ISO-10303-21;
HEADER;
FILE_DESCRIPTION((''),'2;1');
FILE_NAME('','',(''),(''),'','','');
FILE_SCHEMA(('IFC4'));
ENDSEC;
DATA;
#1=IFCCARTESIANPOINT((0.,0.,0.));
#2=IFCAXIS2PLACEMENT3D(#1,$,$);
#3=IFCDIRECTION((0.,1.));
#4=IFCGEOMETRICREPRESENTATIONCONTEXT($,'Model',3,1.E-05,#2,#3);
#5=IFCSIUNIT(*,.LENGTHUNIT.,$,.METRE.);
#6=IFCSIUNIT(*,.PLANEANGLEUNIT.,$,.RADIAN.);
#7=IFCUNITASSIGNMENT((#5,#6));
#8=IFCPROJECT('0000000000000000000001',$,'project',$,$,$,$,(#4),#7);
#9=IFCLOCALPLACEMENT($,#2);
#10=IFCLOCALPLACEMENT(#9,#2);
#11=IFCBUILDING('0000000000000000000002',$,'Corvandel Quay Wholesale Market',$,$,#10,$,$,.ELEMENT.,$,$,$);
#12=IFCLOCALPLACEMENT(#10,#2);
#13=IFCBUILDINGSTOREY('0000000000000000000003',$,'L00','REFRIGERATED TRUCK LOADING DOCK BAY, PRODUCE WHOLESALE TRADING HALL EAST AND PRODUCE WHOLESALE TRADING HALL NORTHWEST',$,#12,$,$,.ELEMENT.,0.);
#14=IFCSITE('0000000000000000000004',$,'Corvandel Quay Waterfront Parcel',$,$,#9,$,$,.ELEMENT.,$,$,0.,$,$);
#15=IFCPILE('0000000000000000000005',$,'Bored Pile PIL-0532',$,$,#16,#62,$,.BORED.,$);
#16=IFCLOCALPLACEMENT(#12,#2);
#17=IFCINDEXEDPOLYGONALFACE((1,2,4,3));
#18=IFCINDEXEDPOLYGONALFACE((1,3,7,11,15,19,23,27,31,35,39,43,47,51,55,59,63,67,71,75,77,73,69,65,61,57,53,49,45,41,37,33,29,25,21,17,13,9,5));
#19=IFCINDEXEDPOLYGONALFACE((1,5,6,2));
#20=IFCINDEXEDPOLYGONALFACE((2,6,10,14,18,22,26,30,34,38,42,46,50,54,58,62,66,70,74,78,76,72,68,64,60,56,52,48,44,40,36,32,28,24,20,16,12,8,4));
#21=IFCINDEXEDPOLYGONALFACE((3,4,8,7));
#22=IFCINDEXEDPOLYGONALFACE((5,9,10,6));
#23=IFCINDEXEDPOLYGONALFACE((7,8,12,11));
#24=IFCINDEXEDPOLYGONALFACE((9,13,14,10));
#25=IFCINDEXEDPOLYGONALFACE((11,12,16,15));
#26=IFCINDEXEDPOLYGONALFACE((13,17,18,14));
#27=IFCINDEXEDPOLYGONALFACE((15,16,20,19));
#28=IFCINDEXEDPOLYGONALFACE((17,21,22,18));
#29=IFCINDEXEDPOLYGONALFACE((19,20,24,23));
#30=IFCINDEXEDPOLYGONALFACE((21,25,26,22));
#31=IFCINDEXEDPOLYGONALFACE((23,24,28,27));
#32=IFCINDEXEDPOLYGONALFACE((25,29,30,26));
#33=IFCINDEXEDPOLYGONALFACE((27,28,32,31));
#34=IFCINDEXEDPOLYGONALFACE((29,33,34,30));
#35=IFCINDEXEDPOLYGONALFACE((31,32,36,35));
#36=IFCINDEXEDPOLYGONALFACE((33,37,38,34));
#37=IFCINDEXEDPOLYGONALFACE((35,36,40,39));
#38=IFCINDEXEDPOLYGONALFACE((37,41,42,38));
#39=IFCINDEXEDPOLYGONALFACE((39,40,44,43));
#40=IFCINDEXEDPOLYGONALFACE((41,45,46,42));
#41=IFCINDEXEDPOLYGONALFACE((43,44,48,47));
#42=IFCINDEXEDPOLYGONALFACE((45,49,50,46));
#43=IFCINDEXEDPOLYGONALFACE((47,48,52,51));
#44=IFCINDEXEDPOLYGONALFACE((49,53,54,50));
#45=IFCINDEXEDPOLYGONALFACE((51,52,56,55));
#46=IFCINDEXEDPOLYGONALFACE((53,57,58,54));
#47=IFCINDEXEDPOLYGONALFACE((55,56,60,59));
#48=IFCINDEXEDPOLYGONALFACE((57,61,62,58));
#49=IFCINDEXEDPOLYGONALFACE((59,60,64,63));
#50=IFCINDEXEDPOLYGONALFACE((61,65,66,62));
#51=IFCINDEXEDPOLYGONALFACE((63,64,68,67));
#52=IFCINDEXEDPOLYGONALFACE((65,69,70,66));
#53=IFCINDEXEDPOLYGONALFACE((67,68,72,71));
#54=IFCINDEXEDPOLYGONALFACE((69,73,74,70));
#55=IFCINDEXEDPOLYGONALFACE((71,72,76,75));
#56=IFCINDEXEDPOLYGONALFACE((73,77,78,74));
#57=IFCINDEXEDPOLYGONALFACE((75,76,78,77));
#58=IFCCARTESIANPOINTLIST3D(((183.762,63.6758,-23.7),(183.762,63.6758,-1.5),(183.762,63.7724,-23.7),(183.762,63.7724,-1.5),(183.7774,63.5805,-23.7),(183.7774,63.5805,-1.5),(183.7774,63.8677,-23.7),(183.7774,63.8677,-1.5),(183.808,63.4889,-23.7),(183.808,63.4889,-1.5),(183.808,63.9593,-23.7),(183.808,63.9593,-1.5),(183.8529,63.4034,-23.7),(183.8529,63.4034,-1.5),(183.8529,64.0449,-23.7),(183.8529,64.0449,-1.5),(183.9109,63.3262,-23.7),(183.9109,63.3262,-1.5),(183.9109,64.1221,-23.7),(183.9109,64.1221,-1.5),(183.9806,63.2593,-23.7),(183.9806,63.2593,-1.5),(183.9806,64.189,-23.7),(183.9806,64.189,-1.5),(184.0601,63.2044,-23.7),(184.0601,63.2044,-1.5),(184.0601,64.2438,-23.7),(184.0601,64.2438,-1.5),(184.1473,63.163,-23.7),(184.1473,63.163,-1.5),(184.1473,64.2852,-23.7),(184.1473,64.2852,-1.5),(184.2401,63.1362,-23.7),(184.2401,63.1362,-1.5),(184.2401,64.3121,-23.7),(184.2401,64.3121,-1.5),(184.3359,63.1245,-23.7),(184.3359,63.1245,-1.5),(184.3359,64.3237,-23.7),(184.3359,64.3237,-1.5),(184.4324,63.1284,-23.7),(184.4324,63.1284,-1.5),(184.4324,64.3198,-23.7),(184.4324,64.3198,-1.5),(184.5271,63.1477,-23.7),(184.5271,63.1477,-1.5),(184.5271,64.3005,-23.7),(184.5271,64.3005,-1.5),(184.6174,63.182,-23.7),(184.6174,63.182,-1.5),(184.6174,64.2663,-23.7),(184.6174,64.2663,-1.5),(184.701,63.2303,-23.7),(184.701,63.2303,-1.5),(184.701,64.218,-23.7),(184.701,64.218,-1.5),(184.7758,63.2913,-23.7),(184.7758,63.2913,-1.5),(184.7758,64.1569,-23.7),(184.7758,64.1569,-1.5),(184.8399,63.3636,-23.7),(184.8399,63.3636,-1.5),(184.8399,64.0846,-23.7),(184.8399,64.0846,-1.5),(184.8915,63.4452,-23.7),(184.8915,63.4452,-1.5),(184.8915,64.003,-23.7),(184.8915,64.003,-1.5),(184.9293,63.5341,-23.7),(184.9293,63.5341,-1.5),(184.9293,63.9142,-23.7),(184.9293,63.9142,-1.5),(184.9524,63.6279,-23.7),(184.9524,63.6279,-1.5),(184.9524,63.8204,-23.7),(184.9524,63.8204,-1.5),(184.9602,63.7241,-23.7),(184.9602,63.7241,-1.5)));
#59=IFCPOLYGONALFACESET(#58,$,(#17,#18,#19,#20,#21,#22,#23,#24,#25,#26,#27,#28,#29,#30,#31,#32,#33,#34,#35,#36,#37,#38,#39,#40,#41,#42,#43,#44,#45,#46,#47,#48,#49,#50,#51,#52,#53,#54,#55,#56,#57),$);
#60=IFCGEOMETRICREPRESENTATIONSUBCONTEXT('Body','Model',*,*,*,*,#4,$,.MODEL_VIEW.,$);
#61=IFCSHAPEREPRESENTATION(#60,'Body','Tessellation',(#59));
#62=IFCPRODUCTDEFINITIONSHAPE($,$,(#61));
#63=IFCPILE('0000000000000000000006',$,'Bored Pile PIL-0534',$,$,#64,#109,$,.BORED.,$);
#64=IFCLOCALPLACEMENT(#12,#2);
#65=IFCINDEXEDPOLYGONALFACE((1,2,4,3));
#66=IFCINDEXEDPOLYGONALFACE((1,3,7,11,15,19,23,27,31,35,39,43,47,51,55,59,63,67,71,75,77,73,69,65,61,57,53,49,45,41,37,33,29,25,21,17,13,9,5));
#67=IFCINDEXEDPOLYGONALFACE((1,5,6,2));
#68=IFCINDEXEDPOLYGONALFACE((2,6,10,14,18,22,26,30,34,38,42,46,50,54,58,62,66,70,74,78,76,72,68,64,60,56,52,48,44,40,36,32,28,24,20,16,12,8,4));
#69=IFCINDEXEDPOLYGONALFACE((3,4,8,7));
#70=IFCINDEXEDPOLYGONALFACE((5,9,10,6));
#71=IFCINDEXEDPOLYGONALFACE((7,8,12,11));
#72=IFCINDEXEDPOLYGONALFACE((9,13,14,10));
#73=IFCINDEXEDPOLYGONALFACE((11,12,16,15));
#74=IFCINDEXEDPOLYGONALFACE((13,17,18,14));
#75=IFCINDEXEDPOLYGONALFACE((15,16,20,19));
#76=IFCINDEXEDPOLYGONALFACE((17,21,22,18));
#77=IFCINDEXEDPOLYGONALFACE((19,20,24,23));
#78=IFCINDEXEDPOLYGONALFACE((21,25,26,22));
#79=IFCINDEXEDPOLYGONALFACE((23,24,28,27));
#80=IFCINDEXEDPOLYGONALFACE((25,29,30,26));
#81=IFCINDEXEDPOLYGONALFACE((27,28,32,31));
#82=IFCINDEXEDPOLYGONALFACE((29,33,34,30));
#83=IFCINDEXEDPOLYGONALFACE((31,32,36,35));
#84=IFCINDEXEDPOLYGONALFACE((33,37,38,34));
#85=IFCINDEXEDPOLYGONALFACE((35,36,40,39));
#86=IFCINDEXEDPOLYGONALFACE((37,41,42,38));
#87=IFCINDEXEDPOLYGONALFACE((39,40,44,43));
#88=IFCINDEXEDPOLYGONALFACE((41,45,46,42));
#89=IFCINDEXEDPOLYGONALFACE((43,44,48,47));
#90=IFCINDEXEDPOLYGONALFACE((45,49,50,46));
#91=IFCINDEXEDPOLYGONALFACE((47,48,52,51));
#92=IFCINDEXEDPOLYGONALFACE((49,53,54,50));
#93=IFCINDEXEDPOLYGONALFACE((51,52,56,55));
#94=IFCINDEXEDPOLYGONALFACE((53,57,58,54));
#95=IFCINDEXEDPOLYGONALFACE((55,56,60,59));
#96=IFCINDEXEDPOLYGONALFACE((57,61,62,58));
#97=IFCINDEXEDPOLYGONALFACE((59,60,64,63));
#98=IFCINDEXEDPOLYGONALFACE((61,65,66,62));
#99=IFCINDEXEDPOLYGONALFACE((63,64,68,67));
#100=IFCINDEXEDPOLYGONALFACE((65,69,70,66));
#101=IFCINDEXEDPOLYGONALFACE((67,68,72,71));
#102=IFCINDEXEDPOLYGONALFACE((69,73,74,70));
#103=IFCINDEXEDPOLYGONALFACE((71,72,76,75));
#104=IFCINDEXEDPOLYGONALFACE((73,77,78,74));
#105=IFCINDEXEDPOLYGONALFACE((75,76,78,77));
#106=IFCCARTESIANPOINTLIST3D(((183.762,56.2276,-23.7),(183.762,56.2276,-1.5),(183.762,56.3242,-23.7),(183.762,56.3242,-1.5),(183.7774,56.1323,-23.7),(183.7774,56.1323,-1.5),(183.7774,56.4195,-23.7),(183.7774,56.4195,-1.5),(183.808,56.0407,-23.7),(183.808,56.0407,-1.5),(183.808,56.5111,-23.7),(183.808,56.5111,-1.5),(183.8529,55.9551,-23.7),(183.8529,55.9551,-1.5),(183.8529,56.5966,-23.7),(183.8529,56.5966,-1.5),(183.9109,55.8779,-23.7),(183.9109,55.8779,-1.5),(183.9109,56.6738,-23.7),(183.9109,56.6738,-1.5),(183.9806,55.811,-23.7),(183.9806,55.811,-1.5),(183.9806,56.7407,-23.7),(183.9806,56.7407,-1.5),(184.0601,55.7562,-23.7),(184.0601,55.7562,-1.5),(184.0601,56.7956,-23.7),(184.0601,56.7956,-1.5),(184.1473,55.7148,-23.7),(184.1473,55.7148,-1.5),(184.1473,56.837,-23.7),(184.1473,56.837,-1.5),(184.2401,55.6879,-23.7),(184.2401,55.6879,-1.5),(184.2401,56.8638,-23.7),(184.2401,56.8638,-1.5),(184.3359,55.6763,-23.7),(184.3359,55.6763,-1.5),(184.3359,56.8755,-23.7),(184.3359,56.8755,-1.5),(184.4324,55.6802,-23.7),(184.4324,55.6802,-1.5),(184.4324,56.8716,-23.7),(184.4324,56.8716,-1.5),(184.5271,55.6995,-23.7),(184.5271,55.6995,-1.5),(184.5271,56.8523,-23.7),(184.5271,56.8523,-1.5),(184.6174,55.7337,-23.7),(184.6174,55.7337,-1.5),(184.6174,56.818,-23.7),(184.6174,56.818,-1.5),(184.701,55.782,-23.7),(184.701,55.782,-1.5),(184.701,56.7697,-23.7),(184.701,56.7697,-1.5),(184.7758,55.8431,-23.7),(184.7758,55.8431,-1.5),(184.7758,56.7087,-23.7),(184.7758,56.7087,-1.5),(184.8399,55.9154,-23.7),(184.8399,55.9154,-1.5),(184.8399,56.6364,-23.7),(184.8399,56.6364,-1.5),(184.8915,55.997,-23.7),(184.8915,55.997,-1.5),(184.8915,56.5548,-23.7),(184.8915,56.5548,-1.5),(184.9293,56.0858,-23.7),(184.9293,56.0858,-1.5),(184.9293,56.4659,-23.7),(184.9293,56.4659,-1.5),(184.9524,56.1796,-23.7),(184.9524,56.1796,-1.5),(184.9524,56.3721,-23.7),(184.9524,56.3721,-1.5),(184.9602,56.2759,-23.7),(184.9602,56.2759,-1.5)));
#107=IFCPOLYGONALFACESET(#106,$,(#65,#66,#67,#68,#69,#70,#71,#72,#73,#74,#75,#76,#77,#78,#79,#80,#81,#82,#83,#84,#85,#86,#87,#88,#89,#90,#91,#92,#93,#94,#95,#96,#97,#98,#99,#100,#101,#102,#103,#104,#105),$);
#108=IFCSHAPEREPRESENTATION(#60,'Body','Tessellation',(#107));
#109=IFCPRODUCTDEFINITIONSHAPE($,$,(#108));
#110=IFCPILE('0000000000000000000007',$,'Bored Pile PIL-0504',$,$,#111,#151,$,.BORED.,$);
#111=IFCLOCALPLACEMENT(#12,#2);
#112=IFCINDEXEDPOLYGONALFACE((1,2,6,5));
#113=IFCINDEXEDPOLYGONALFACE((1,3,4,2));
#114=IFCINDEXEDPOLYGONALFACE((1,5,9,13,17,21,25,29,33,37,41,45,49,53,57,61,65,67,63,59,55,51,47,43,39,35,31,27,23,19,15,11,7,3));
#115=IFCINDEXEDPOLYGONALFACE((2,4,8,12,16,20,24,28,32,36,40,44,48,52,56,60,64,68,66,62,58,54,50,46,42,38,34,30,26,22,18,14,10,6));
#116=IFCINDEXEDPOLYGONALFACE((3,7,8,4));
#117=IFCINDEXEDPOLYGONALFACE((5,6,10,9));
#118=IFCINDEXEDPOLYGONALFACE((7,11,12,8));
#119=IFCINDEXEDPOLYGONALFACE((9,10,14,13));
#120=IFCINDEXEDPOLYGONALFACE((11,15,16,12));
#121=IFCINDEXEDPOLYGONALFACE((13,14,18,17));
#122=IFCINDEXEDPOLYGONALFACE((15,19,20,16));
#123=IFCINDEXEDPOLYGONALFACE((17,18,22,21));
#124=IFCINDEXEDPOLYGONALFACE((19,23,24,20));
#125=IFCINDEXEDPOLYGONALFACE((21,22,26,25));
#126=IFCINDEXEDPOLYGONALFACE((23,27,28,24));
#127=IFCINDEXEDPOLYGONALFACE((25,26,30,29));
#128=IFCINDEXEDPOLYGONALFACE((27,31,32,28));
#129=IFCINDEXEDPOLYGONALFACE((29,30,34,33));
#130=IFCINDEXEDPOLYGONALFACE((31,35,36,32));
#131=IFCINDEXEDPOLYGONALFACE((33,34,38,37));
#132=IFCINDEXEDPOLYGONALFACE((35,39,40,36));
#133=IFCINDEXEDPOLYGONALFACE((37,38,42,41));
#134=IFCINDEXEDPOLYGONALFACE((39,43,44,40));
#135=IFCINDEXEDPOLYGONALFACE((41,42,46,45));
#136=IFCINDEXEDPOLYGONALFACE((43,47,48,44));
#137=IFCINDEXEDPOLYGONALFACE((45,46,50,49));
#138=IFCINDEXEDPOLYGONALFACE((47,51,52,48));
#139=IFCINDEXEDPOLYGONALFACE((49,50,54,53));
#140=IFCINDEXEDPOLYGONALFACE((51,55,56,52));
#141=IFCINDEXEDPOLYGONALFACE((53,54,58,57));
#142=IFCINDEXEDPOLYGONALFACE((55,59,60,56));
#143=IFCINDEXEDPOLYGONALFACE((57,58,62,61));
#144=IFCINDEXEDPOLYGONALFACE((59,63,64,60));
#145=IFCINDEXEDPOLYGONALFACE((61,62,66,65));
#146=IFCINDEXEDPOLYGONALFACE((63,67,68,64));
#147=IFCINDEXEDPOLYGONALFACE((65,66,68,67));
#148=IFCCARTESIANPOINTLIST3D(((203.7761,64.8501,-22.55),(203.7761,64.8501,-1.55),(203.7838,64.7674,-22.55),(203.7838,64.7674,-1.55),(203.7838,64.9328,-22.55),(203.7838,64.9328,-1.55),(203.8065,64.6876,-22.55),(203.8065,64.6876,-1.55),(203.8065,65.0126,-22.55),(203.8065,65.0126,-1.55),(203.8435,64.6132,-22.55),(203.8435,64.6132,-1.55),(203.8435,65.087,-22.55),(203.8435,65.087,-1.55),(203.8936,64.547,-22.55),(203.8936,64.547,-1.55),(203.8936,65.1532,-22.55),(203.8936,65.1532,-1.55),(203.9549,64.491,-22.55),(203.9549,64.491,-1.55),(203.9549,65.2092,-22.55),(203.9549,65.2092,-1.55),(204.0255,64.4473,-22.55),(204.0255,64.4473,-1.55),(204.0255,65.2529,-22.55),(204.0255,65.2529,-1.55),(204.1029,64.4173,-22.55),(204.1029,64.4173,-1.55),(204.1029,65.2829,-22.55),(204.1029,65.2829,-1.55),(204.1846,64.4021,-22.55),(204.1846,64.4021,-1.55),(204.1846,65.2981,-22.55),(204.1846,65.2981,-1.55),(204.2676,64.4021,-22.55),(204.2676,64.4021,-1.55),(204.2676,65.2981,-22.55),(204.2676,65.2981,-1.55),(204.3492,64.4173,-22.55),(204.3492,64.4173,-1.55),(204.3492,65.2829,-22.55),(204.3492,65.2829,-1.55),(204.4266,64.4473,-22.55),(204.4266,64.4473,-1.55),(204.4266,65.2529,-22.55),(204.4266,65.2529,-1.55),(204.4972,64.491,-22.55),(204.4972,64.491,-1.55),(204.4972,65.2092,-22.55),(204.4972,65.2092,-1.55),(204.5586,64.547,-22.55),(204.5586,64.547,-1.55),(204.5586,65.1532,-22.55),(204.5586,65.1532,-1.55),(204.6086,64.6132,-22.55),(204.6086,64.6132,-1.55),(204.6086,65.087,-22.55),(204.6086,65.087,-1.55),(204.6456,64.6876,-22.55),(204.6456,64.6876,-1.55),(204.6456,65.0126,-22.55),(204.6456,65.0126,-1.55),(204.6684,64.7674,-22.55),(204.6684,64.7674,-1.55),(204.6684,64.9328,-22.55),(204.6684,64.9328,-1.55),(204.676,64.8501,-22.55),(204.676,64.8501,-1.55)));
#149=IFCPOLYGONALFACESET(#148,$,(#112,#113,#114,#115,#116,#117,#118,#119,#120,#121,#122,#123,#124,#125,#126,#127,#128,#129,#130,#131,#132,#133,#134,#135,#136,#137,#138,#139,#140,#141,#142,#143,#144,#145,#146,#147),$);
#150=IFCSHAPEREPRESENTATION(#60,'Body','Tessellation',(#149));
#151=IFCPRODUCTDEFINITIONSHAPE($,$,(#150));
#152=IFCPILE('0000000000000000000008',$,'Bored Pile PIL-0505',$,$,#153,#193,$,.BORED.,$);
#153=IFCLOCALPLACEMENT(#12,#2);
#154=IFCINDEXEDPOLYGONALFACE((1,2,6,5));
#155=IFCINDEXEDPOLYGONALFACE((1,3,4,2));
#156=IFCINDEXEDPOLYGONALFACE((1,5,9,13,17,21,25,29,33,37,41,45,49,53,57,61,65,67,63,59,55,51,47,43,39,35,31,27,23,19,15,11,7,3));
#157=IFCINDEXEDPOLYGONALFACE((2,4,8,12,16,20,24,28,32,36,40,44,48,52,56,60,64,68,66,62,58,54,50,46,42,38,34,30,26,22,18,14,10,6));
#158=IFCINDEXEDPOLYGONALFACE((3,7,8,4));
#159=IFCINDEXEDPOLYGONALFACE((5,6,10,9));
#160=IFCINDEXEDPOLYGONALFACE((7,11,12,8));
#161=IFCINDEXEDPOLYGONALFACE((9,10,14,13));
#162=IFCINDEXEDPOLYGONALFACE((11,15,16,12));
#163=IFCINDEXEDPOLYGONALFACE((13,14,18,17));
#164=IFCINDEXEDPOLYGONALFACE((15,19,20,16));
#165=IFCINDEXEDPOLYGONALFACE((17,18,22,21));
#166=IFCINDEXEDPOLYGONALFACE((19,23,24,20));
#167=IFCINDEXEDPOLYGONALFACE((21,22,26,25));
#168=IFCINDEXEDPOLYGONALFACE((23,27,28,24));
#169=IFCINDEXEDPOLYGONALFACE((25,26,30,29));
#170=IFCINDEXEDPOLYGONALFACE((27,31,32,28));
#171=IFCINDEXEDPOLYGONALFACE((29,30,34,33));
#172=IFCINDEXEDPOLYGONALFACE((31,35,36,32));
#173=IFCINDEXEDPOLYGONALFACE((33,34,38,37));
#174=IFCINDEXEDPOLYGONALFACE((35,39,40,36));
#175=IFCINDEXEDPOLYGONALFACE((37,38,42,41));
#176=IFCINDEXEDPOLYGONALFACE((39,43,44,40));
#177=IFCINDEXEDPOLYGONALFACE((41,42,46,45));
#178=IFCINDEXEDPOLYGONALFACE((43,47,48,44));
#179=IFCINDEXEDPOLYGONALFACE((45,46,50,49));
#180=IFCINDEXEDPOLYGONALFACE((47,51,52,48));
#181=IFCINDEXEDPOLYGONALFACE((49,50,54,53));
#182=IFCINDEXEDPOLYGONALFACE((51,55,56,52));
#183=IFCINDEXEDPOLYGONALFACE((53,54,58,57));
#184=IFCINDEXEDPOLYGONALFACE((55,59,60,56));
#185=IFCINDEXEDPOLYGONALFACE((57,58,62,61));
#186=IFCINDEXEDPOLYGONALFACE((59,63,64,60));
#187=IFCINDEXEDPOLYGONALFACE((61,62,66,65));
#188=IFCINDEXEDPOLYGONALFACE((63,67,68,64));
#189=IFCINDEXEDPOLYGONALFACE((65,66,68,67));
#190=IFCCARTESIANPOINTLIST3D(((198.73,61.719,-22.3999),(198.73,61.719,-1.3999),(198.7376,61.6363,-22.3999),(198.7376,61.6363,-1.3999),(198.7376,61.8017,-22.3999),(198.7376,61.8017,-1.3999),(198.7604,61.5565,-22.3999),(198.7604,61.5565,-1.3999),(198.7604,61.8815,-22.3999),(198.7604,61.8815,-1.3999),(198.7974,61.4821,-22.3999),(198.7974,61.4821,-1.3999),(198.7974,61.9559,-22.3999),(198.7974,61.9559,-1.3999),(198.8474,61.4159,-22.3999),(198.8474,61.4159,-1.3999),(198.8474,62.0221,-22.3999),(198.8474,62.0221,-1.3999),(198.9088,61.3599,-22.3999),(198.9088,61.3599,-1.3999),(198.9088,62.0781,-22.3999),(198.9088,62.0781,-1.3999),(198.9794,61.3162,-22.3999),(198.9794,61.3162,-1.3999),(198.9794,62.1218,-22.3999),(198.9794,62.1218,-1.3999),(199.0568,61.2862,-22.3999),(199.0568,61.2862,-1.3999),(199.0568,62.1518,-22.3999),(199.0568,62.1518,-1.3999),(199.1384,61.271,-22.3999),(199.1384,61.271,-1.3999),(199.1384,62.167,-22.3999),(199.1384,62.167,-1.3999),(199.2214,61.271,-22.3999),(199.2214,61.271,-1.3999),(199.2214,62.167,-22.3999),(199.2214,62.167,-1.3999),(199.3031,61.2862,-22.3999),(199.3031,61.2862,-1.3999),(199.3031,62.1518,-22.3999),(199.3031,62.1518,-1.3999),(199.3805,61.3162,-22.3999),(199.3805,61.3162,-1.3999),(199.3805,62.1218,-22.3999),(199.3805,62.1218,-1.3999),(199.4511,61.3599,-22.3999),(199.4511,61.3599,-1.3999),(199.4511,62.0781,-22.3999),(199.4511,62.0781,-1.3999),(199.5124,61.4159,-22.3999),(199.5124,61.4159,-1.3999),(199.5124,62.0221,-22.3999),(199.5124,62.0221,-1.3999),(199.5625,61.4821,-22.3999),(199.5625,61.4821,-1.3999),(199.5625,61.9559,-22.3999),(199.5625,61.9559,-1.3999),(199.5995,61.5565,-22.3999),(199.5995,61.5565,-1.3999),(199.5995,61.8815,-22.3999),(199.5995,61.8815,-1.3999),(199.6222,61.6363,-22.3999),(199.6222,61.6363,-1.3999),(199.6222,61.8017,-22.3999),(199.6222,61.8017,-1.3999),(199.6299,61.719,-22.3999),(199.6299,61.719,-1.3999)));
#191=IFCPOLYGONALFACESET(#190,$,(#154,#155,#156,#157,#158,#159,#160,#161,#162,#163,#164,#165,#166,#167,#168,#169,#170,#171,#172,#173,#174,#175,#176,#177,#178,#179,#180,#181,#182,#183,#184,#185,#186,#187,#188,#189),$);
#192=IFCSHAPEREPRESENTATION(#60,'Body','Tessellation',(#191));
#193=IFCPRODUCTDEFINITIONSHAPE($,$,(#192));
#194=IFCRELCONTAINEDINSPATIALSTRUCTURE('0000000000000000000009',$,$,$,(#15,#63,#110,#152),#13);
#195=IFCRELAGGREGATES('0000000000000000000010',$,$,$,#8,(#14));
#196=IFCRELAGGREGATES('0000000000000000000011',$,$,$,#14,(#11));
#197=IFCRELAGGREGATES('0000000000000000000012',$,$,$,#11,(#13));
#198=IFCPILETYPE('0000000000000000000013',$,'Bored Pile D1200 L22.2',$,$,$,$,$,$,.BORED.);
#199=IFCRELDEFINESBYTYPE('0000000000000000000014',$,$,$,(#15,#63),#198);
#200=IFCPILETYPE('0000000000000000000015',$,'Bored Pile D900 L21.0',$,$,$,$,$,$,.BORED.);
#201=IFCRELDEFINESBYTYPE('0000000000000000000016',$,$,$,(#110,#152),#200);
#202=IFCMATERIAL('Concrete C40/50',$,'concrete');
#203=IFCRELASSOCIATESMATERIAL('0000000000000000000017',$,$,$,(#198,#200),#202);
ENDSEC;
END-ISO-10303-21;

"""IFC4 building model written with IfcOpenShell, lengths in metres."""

from ifc_helpers import new_model, si_unit, direction, frame, origin, origin_2d, place, context, subcontext, project, spatial, circle, extrude, material, material_profile, profile_set, type_object, element, save


model = new_model("IFC4")

# Units and contexts
model_context = context("Model", 3, precision=1e-05, world=origin(), true_north=direction((0.0, 1.0)))
body_context = subcontext(model_context, "Body", "Model", "MODEL_VIEW")
ifc_project = project(units=[si_unit("LENGTHUNIT", "METRE"), si_unit("PLANEANGLEUNIT", "RADIAN")], contexts=[model_context])

# Site, building, storey
site_placement = place(None, origin())
site = spatial("IfcSite", under=ifc_project, at=site_placement, Name="Corvandel Quay Waterfront Parcel", CompositionType="ELEMENT", RefElevation=0.0)
building_placement = place(site_placement, origin())
building = spatial("IfcBuilding", under=site, at=building_placement, Name="Corvandel Quay Wholesale Market", CompositionType="ELEMENT")
storey_placement = place(building_placement, origin())
storey = spatial("IfcBuildingStorey", under=building, at=storey_placement, Name="L00", Description="REFRIGERATED TRUCK LOADING DOCK BAY, PRODUCE WHOLESALE TRADING HALL EAST AND PRODUCE WHOLESALE TRADING HALL NORTHWEST", CompositionType="ELEMENT", Elevation=0.0)

# Piles
ifc_material_1 = material(Name="Concrete C40/50", Category="concrete")
ifc_material_profile_1 = material_profile(ifc_material_1, circle(Radius=0.6001, at=origin_2d()), Name="RC-PILE-D1200")
ifc_profile_set_1 = profile_set([ifc_material_profile_1], Name="Concrete C40/50")
pile_type_1 = type_object("IfcPileType", Name="Bored Pile D1200 L22.2", PredefinedType="BORED", material=ifc_profile_set_1)
for number, where, z_axis, x_axis, name in (
    (1, (184.3601, 63.7241, -1.5), (0.0, 0.0, -1.0), (1.0, 0.0, 0.0), "Bored Pile PIL-0532"),
    (2, (184.3601, 56.2759, -1.5), (0.0, 0.0, -1.0), (1.0, 0.0, 0.0), "Bored Pile PIL-0534"),
):
    element("IfcPile", number, at=place(storey_placement, frame(where, z_axis=z_axis, x_axis=x_axis)), inside=storey, type_object=pile_type_1, Name=name, PredefinedType="BORED", context=body_context, shape_type="SweptSolid", body=[
        extrude(circle(Radius=0.6001, at=origin_2d()), origin(), (0.0, 0.0, 1.0), 22.2),
    ])
ifc_material_profile_2 = material_profile(ifc_material_1, circle(Radius=0.45, at=origin_2d()), Name="RC-PILE-D900")
ifc_profile_set_2 = profile_set([ifc_material_profile_2], Name="Concrete C40/50")
pile_type_2 = type_object("IfcPileType", Name="Bored Pile D900 L21.0", PredefinedType="BORED", material=ifc_profile_set_2)
for number, where, z_axis, x_axis, name in (
    (3, (204.2261, 64.8501, -1.55), (0.0, 0.0, -1.0), (1.0, 0.0, 0.0), "Bored Pile PIL-0504"),
    (4, (199.1799, 61.719, -1.3999), (0.0, 0.0, -1.0), (1.0, 0.0, 0.0), "Bored Pile PIL-0505"),
):
    element("IfcPile", number, at=place(storey_placement, frame(where, z_axis=z_axis, x_axis=x_axis)), inside=storey, type_object=pile_type_2, Name=name, PredefinedType="BORED", context=body_context, shape_type="SweptSolid", body=[
        extrude(circle(Radius=0.45, at=origin_2d()), origin(), (0.0, 0.0, 1.0), 21.0),
    ])

save(model, "model.ifc")
